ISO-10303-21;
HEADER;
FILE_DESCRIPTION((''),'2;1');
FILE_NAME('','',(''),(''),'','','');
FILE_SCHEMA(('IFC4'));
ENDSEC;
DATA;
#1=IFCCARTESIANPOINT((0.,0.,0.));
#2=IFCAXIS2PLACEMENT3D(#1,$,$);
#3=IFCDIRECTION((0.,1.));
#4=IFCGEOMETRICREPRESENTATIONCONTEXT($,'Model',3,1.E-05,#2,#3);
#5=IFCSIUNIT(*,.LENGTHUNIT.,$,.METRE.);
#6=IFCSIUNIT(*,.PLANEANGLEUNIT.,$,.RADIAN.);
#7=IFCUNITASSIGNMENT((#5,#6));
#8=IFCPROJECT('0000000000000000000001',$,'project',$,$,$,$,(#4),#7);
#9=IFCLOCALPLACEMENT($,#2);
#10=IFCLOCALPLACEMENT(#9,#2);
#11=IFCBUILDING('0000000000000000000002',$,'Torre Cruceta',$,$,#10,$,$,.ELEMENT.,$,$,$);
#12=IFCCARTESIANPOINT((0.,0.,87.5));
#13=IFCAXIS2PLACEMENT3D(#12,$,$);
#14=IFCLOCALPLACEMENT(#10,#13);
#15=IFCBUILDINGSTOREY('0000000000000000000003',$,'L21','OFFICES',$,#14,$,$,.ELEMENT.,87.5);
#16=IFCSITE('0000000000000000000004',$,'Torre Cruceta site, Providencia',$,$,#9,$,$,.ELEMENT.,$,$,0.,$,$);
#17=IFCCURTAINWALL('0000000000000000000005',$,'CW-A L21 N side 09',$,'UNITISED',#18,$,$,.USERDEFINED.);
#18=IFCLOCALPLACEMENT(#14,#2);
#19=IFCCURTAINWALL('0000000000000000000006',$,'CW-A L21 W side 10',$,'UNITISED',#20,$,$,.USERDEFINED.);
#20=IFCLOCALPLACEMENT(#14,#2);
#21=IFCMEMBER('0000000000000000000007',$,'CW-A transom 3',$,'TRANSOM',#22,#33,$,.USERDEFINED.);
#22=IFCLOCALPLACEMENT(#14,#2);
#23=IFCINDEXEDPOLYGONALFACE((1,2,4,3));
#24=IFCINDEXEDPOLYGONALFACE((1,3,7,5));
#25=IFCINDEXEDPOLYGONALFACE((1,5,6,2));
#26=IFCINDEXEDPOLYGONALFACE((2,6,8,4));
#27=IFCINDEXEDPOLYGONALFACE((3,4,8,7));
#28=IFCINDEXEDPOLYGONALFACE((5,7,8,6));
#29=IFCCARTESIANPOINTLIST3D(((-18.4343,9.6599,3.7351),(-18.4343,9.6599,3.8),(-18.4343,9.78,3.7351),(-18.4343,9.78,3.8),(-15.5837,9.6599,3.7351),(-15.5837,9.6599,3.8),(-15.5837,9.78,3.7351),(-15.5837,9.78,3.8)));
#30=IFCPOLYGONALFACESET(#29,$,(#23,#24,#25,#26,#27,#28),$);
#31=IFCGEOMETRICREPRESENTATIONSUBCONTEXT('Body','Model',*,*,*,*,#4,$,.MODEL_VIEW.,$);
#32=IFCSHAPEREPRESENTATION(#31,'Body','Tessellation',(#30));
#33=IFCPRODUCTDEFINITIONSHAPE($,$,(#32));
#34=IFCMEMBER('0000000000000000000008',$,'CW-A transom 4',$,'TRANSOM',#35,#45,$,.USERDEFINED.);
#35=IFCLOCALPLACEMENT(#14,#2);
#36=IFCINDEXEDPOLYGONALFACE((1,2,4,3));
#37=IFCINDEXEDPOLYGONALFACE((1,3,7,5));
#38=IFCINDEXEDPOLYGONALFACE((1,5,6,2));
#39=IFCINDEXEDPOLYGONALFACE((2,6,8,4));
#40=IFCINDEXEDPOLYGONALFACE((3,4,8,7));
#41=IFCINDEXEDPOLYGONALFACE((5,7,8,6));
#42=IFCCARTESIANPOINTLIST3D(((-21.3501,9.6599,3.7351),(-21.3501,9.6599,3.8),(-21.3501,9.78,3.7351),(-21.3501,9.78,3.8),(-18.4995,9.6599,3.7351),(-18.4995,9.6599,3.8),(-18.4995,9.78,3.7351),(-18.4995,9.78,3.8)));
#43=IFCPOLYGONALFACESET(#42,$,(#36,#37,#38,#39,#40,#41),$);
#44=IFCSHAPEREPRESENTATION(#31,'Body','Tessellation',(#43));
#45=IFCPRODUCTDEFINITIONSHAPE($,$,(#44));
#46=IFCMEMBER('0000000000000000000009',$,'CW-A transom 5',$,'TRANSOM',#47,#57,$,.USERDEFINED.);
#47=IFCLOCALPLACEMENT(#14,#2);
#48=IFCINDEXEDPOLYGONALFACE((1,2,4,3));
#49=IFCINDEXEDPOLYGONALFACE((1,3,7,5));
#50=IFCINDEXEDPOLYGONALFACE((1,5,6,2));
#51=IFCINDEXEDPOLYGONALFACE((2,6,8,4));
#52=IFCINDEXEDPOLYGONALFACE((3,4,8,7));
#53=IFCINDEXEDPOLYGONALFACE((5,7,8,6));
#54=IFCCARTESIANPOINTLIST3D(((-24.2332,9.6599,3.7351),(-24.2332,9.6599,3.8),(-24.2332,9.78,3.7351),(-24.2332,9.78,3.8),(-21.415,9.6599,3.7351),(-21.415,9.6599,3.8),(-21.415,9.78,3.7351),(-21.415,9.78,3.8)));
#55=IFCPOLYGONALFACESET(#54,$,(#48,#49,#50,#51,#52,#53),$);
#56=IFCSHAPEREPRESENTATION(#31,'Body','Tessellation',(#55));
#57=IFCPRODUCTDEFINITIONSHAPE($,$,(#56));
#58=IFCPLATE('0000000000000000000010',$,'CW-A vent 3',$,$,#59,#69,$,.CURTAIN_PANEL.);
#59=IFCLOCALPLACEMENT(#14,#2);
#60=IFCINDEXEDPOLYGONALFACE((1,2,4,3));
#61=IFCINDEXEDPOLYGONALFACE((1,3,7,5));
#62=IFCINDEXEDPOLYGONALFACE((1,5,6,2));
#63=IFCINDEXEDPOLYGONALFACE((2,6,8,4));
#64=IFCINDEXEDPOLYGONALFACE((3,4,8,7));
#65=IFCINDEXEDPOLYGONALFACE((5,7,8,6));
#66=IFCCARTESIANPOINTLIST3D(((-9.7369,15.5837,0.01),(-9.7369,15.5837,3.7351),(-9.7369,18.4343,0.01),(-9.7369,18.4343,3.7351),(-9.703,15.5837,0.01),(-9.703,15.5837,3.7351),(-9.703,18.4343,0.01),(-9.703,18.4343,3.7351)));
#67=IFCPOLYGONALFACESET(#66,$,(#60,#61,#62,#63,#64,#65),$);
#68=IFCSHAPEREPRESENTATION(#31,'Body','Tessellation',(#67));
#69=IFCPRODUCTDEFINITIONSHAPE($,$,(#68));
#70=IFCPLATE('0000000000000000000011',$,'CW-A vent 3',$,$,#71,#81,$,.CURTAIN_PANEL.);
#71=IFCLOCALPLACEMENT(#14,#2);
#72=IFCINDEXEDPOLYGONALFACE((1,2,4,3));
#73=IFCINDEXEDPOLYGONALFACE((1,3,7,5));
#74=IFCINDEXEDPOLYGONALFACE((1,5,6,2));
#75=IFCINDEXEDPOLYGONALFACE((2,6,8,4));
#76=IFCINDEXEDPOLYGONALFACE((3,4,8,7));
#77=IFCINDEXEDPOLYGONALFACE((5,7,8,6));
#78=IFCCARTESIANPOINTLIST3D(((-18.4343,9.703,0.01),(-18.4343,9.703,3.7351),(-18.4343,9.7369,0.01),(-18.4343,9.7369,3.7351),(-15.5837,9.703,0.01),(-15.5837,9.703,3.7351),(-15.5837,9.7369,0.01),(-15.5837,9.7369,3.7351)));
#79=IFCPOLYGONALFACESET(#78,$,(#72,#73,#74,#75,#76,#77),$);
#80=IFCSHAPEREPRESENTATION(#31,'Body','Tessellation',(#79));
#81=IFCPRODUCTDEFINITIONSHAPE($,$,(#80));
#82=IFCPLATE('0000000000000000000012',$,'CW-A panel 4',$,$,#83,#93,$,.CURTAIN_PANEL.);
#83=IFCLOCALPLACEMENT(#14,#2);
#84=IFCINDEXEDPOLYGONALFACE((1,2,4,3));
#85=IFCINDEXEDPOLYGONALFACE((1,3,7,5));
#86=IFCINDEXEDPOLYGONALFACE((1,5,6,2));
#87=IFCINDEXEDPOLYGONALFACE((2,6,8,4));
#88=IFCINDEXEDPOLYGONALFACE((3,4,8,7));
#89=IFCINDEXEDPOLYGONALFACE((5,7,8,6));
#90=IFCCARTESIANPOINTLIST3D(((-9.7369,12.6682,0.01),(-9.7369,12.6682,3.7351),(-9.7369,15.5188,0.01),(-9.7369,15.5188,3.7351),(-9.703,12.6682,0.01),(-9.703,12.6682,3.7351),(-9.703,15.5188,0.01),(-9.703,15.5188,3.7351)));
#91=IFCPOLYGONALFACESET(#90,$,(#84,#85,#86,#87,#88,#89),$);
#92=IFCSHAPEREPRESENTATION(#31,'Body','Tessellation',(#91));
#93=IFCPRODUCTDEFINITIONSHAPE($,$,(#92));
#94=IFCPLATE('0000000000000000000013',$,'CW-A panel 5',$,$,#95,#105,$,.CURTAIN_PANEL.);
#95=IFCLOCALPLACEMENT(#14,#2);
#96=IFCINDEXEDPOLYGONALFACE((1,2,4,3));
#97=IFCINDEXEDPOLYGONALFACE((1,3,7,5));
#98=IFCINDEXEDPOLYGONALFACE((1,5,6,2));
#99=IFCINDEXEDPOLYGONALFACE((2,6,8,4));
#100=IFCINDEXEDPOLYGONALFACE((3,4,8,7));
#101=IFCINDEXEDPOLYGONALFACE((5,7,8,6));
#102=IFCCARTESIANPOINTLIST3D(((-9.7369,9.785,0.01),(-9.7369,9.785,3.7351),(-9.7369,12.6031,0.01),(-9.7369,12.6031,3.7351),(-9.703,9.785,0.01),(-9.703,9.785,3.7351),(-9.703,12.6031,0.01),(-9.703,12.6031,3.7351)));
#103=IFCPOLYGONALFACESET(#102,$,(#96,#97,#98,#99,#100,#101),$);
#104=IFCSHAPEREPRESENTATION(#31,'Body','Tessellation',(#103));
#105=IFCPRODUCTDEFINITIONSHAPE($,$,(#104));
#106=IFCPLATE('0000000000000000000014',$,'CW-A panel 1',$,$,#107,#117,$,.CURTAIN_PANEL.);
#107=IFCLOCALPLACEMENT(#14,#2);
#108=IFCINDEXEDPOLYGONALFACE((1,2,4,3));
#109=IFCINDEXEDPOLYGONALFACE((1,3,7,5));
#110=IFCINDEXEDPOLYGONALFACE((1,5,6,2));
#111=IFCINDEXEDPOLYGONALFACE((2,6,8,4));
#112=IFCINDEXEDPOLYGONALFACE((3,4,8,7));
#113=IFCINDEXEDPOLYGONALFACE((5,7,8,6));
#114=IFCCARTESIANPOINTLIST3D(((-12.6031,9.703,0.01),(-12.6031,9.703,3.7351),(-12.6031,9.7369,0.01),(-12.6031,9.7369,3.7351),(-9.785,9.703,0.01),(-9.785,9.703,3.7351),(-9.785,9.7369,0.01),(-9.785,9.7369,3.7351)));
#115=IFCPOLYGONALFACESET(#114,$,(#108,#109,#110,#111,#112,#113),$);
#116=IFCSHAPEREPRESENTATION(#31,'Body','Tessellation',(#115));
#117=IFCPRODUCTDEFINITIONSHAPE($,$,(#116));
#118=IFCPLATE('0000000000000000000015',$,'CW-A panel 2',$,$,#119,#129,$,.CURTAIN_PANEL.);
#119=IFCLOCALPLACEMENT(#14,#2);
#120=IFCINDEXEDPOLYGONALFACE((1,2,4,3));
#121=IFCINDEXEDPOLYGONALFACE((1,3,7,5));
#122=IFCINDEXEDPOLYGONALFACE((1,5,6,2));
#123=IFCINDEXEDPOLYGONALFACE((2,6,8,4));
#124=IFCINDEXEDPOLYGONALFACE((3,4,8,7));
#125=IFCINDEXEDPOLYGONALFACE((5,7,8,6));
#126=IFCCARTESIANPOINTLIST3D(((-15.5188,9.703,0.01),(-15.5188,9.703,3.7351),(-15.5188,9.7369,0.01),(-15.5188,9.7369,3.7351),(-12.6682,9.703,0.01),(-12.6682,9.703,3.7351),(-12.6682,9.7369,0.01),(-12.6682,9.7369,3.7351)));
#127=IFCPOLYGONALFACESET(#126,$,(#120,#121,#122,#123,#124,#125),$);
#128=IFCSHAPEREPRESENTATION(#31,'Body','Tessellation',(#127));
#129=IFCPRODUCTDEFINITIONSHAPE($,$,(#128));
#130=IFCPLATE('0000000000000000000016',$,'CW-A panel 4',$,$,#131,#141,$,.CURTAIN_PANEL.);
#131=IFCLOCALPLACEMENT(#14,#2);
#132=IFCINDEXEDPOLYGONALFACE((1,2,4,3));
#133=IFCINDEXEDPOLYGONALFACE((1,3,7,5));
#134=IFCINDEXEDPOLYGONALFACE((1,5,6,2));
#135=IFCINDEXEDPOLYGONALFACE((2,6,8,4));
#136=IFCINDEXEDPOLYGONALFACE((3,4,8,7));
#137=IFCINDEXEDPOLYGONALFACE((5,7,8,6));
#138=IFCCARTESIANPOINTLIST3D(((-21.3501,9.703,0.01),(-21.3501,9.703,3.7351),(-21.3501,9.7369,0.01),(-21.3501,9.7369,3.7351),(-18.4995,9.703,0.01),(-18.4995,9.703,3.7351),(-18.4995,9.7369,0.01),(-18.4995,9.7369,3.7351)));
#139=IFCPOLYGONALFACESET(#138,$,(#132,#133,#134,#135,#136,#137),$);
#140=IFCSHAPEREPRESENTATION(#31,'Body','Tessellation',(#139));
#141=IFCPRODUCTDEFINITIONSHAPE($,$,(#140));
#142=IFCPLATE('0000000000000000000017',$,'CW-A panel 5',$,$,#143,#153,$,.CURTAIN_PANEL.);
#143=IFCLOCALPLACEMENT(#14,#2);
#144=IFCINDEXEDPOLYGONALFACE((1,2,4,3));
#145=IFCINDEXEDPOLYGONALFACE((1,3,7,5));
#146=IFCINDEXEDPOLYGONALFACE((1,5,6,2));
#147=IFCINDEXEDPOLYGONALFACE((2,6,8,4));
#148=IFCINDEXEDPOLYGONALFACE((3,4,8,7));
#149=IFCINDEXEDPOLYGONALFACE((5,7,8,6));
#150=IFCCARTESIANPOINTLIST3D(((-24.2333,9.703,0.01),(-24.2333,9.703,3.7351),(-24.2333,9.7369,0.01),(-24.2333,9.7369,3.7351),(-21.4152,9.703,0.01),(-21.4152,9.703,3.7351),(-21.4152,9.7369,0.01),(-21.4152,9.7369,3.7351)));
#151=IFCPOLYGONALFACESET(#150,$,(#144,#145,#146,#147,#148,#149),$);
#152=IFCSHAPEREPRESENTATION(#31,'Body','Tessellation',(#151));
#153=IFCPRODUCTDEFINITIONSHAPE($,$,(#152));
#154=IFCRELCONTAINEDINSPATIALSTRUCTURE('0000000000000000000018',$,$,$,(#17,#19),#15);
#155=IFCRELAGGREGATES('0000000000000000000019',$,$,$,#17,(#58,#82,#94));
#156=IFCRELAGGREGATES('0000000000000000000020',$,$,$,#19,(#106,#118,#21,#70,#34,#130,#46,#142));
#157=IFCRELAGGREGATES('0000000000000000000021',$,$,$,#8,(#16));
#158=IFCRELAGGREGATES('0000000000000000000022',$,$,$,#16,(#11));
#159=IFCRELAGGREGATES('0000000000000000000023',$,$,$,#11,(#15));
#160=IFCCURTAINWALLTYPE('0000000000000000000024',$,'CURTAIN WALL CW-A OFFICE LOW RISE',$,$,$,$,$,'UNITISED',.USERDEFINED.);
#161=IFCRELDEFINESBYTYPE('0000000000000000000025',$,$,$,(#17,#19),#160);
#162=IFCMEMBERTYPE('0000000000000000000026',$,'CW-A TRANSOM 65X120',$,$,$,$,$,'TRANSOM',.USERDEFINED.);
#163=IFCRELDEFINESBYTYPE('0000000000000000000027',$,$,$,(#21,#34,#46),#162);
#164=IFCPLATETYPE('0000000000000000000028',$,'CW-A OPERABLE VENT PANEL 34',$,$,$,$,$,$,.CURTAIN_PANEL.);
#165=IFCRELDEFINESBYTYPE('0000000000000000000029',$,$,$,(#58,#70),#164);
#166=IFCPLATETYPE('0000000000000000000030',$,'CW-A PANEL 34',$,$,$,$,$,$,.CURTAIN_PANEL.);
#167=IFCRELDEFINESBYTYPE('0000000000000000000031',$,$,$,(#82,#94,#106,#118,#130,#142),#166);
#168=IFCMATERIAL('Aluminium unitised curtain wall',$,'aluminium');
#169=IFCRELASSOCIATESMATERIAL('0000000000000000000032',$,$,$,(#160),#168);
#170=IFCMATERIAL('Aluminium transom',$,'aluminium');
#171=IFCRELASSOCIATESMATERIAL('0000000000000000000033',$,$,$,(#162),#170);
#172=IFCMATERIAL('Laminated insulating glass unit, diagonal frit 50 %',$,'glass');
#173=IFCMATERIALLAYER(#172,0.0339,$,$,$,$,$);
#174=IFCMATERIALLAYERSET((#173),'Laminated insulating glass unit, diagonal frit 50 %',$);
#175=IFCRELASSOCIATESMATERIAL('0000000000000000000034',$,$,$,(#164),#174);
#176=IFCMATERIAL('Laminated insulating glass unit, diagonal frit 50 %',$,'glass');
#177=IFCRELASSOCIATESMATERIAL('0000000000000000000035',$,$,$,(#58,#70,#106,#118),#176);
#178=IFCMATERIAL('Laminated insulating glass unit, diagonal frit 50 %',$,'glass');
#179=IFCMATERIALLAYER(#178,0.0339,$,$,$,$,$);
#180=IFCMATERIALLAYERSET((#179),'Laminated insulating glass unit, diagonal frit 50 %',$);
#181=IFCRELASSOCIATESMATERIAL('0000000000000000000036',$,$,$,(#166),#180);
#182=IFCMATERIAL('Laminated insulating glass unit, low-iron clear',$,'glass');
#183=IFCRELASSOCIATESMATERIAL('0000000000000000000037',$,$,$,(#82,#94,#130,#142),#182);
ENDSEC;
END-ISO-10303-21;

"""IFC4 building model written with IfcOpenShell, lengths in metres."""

from ifc_helpers import new_model, si_unit, direction, frame, origin, origin_2d, place, context, subcontext, project, spatial, rectangle, extrude, material, layer, layer_set, material_profile, profile_set, type_object, element, aggregate, save


model = new_model("IFC4")

# Units and contexts
model_context = context("Model", 3, precision=1e-05, world=origin(), true_north=direction((0.0, 1.0)))
body_context = subcontext(model_context, "Body", "Model", "MODEL_VIEW")
ifc_project = project(units=[si_unit("LENGTHUNIT", "METRE"), si_unit("PLANEANGLEUNIT", "RADIAN")], contexts=[model_context])

# Site, building, storey
site_placement = place(None, origin())
site = spatial("IfcSite", under=ifc_project, at=site_placement, Name="Torre Cruceta site, Providencia", CompositionType="ELEMENT", RefElevation=0.0)
building_placement = place(site_placement, origin())
building = spatial("IfcBuilding", under=site, at=building_placement, Name="Torre Cruceta", CompositionType="ELEMENT")
storey_placement = place(building_placement, frame((0.0, 0.0, 87.5)))
storey = spatial("IfcBuildingStorey", under=building, at=storey_placement, Name="L21", Description="OFFICES", CompositionType="ELEMENT", Elevation=87.5)

# Curtain walls
ifc_material_1 = material(Name="Aluminium unitised curtain wall", Category="aluminium")
curtain_wall_type = type_object("IfcCurtainWallType", Name="CURTAIN WALL CW-A OFFICE LOW RISE", ElementType="UNITISED", PredefinedType="USERDEFINED", material=ifc_material_1)
curtain_wall_1_placement = place(storey_placement, origin())
curtain_wall_1 = element("IfcCurtainWall", 1, at=curtain_wall_1_placement, inside=storey, type_object=curtain_wall_type, Name="CW-A L21 N side 09", ObjectType="UNITISED", PredefinedType="USERDEFINED")
curtain_wall_2_placement = place(storey_placement, origin())
curtain_wall_2 = element("IfcCurtainWall", 2, at=curtain_wall_2_placement, inside=storey, type_object=curtain_wall_type, Name="CW-A L21 W side 10", ObjectType="UNITISED", PredefinedType="USERDEFINED")

# Members
ifc_material_2 = material(Name="Aluminium transom", Category="aluminium")
ifc_material_profile_1 = material_profile(ifc_material_2, rectangle(XDim=0.1201, YDim=0.0649, at=origin_2d()), Name="AL 120X65")
ifc_profile_set_1 = profile_set([ifc_material_profile_1], Name="Aluminium transom")
member_type_1 = type_object("IfcMemberType", Name="CW-A TRANSOM 65X120", ElementType="TRANSOM", PredefinedType="USERDEFINED", material=ifc_profile_set_1)
member_1_placement = place(storey_placement, frame((-15.5837, 9.72, 3.7676), z_axis=(-1.0, 0.0, 0.0), x_axis=(0.0, -1.0, 0.0)))
member_1 = element("IfcMember", 3, at=member_1_placement, type_object=member_type_1, Name="CW-A transom 3", ObjectType="TRANSOM", PredefinedType="USERDEFINED", context=body_context, shape_type="SweptSolid", body=[
    extrude(rectangle(XDim=0.1201, YDim=0.0649, at=origin_2d()), origin(), (0.0, 0.0, 1.0), 2.8506),
])
member_2_placement = place(storey_placement, frame((-18.4995, 9.72, 3.7676), z_axis=(-1.0, 0.0, 0.0), x_axis=(0.0, -1.0, 0.0)))
member_2 = element("IfcMember", 4, at=member_2_placement, type_object=member_type_1, Name="CW-A transom 4", ObjectType="TRANSOM", PredefinedType="USERDEFINED", context=body_context, shape_type="SweptSolid", body=[
    extrude(rectangle(XDim=0.1201, YDim=0.0649, at=origin_2d()), origin(), (0.0, 0.0, 1.0), 2.8506),
])
member_3_placement = place(storey_placement, frame((-21.415, 9.72, 3.7676), z_axis=(-1.0, 0.0, 0.0), x_axis=(0.0, -1.0, 0.0)))
member_3 = element("IfcMember", 5, at=member_3_placement, type_object=member_type_1, Name="CW-A transom 5", ObjectType="TRANSOM", PredefinedType="USERDEFINED", context=body_context, shape_type="SweptSolid", body=[
    extrude(rectangle(XDim=0.1201, YDim=0.0649, at=origin_2d()), origin(), (0.0, 0.0, 1.0), 2.8181),
])

# Plates
ifc_material_3 = material(Name="Laminated insulating glass unit, diagonal frit 50 %", Category="glass")
ifc_material_4 = material(Name="Laminated insulating glass unit, diagonal frit 50 %", Category="glass")
ifc_layer_1 = layer(ifc_material_4, 0.0339)
ifc_layer_set_1 = layer_set([ifc_layer_1], Name="Laminated insulating glass unit, diagonal frit 50 %")
plate_type_1 = type_object("IfcPlateType", Name="CW-A OPERABLE VENT PANEL 34", PredefinedType="CURTAIN_PANEL", material=ifc_layer_set_1)
plate_1_placement = place(storey_placement, frame((-9.72, 17.009, 0.01), z_axis=(0.0, 0.0, 1.0), x_axis=(0.0, -1.0, 0.0)))
plate_1 = element("IfcPlate", 6, at=plate_1_placement, type_object=plate_type_1, material=ifc_material_3, Name="CW-A vent 3", PredefinedType="CURTAIN_PANEL", context=body_context, shape_type="SweptSolid", body=[
    extrude(rectangle(XDim=2.8506, YDim=0.0339, at=origin_2d()), origin(), (0.0, 0.0, 1.0), 3.7251),
])
plate_2_placement = place(storey_placement, frame((-17.009, 9.72, 0.01), z_axis=(0.0, 0.0, 1.0), x_axis=(-1.0, 0.0, 0.0)))
plate_2 = element("IfcPlate", 7, at=plate_2_placement, type_object=plate_type_1, material=ifc_material_3, Name="CW-A vent 3", PredefinedType="CURTAIN_PANEL", context=body_context, shape_type="SweptSolid", body=[
    extrude(rectangle(XDim=2.8506, YDim=0.0339, at=origin_2d()), origin(), (0.0, 0.0, 1.0), 3.7251),
])
ifc_material_5 = material(Name="Laminated insulating glass unit, low-iron clear", Category="glass")
ifc_material_6 = material(Name="Laminated insulating glass unit, diagonal frit 50 %", Category="glass")
ifc_layer_2 = layer(ifc_material_6, 0.0339)
ifc_layer_set_2 = layer_set([ifc_layer_2], Name="Laminated insulating glass unit, diagonal frit 50 %")
plate_type_2 = type_object("IfcPlateType", Name="CW-A PANEL 34", PredefinedType="CURTAIN_PANEL", material=ifc_layer_set_2)
plate_3_placement = place(storey_placement, frame((-9.72, 14.0935, 0.01), z_axis=(0.0, 0.0, 1.0), x_axis=(0.0, -1.0, 0.0)))
plate_3 = element("IfcPlate", 8, at=plate_3_placement, type_object=plate_type_2, material=ifc_material_5, Name="CW-A panel 4", PredefinedType="CURTAIN_PANEL", context=body_context, shape_type="SweptSolid", body=[
    extrude(rectangle(XDim=2.8506, YDim=0.0339, at=origin_2d()), origin(), (0.0, 0.0, 1.0), 3.7251),
])
plate_4_placement = place(storey_placement, frame((-9.72, 11.1941, 0.01), z_axis=(0.0, 0.0, 1.0), x_axis=(0.0, -1.0, 0.0)))
plate_4 = element("IfcPlate", 9, at=plate_4_placement, type_object=plate_type_2, material=ifc_material_5, Name="CW-A panel 5", PredefinedType="CURTAIN_PANEL", context=body_context, shape_type="SweptSolid", body=[
    extrude(rectangle(XDim=2.8181, YDim=0.0339, at=origin_2d()), origin(), (0.0, 0.0, 1.0), 3.7251),
])
aggregate(curtain_wall_1, [plate_1, plate_3, plate_4])
plate_5_placement = place(storey_placement, frame((-11.1941, 9.72, 0.01), z_axis=(0.0, 0.0, 1.0), x_axis=(-1.0, 0.0, 0.0)))
plate_5 = element("IfcPlate", 10, at=plate_5_placement, type_object=plate_type_2, material=ifc_material_3, Name="CW-A panel 1", PredefinedType="CURTAIN_PANEL", context=body_context, shape_type="SweptSolid", body=[
    extrude(rectangle(XDim=2.8181, YDim=0.0339, at=origin_2d()), origin(), (0.0, 0.0, 1.0), 3.7251),
])
plate_6_placement = place(storey_placement, frame((-14.0935, 9.72, 0.01), z_axis=(0.0, 0.0, 1.0), x_axis=(-1.0, 0.0, 0.0)))
plate_6 = element("IfcPlate", 11, at=plate_6_placement, type_object=plate_type_2, material=ifc_material_3, Name="CW-A panel 2", PredefinedType="CURTAIN_PANEL", context=body_context, shape_type="SweptSolid", body=[
    extrude(rectangle(XDim=2.8506, YDim=0.0339, at=origin_2d()), origin(), (0.0, 0.0, 1.0), 3.7251),
])
plate_7_placement = place(storey_placement, frame((-19.9248, 9.72, 0.01), z_axis=(0.0, 0.0, 1.0), x_axis=(-1.0, 0.0, 0.0)))
plate_7 = element("IfcPlate", 12, at=plate_7_placement, type_object=plate_type_2, material=ifc_material_5, Name="CW-A panel 4", PredefinedType="CURTAIN_PANEL", context=body_context, shape_type="SweptSolid", body=[
    extrude(rectangle(XDim=2.8506, YDim=0.0339, at=origin_2d()), origin(), (0.0, 0.0, 1.0), 3.7251),
])
plate_8_placement = place(storey_placement, frame((-22.8242, 9.72, 0.01), z_axis=(0.0, 0.0, 1.0), x_axis=(-1.0, 0.0, 0.0)))
plate_8 = element("IfcPlate", 13, at=plate_8_placement, type_object=plate_type_2, material=ifc_material_5, Name="CW-A panel 5", PredefinedType="CURTAIN_PANEL", context=body_context, shape_type="SweptSolid", body=[
    extrude(rectangle(XDim=2.8181, YDim=0.0339, at=origin_2d()), origin(), (0.0, 0.0, 1.0), 3.7251),
])
aggregate(curtain_wall_2, [plate_5, plate_6, member_1, plate_2, member_2, plate_7, member_3, plate_8])

save(model, "model.ifc")
